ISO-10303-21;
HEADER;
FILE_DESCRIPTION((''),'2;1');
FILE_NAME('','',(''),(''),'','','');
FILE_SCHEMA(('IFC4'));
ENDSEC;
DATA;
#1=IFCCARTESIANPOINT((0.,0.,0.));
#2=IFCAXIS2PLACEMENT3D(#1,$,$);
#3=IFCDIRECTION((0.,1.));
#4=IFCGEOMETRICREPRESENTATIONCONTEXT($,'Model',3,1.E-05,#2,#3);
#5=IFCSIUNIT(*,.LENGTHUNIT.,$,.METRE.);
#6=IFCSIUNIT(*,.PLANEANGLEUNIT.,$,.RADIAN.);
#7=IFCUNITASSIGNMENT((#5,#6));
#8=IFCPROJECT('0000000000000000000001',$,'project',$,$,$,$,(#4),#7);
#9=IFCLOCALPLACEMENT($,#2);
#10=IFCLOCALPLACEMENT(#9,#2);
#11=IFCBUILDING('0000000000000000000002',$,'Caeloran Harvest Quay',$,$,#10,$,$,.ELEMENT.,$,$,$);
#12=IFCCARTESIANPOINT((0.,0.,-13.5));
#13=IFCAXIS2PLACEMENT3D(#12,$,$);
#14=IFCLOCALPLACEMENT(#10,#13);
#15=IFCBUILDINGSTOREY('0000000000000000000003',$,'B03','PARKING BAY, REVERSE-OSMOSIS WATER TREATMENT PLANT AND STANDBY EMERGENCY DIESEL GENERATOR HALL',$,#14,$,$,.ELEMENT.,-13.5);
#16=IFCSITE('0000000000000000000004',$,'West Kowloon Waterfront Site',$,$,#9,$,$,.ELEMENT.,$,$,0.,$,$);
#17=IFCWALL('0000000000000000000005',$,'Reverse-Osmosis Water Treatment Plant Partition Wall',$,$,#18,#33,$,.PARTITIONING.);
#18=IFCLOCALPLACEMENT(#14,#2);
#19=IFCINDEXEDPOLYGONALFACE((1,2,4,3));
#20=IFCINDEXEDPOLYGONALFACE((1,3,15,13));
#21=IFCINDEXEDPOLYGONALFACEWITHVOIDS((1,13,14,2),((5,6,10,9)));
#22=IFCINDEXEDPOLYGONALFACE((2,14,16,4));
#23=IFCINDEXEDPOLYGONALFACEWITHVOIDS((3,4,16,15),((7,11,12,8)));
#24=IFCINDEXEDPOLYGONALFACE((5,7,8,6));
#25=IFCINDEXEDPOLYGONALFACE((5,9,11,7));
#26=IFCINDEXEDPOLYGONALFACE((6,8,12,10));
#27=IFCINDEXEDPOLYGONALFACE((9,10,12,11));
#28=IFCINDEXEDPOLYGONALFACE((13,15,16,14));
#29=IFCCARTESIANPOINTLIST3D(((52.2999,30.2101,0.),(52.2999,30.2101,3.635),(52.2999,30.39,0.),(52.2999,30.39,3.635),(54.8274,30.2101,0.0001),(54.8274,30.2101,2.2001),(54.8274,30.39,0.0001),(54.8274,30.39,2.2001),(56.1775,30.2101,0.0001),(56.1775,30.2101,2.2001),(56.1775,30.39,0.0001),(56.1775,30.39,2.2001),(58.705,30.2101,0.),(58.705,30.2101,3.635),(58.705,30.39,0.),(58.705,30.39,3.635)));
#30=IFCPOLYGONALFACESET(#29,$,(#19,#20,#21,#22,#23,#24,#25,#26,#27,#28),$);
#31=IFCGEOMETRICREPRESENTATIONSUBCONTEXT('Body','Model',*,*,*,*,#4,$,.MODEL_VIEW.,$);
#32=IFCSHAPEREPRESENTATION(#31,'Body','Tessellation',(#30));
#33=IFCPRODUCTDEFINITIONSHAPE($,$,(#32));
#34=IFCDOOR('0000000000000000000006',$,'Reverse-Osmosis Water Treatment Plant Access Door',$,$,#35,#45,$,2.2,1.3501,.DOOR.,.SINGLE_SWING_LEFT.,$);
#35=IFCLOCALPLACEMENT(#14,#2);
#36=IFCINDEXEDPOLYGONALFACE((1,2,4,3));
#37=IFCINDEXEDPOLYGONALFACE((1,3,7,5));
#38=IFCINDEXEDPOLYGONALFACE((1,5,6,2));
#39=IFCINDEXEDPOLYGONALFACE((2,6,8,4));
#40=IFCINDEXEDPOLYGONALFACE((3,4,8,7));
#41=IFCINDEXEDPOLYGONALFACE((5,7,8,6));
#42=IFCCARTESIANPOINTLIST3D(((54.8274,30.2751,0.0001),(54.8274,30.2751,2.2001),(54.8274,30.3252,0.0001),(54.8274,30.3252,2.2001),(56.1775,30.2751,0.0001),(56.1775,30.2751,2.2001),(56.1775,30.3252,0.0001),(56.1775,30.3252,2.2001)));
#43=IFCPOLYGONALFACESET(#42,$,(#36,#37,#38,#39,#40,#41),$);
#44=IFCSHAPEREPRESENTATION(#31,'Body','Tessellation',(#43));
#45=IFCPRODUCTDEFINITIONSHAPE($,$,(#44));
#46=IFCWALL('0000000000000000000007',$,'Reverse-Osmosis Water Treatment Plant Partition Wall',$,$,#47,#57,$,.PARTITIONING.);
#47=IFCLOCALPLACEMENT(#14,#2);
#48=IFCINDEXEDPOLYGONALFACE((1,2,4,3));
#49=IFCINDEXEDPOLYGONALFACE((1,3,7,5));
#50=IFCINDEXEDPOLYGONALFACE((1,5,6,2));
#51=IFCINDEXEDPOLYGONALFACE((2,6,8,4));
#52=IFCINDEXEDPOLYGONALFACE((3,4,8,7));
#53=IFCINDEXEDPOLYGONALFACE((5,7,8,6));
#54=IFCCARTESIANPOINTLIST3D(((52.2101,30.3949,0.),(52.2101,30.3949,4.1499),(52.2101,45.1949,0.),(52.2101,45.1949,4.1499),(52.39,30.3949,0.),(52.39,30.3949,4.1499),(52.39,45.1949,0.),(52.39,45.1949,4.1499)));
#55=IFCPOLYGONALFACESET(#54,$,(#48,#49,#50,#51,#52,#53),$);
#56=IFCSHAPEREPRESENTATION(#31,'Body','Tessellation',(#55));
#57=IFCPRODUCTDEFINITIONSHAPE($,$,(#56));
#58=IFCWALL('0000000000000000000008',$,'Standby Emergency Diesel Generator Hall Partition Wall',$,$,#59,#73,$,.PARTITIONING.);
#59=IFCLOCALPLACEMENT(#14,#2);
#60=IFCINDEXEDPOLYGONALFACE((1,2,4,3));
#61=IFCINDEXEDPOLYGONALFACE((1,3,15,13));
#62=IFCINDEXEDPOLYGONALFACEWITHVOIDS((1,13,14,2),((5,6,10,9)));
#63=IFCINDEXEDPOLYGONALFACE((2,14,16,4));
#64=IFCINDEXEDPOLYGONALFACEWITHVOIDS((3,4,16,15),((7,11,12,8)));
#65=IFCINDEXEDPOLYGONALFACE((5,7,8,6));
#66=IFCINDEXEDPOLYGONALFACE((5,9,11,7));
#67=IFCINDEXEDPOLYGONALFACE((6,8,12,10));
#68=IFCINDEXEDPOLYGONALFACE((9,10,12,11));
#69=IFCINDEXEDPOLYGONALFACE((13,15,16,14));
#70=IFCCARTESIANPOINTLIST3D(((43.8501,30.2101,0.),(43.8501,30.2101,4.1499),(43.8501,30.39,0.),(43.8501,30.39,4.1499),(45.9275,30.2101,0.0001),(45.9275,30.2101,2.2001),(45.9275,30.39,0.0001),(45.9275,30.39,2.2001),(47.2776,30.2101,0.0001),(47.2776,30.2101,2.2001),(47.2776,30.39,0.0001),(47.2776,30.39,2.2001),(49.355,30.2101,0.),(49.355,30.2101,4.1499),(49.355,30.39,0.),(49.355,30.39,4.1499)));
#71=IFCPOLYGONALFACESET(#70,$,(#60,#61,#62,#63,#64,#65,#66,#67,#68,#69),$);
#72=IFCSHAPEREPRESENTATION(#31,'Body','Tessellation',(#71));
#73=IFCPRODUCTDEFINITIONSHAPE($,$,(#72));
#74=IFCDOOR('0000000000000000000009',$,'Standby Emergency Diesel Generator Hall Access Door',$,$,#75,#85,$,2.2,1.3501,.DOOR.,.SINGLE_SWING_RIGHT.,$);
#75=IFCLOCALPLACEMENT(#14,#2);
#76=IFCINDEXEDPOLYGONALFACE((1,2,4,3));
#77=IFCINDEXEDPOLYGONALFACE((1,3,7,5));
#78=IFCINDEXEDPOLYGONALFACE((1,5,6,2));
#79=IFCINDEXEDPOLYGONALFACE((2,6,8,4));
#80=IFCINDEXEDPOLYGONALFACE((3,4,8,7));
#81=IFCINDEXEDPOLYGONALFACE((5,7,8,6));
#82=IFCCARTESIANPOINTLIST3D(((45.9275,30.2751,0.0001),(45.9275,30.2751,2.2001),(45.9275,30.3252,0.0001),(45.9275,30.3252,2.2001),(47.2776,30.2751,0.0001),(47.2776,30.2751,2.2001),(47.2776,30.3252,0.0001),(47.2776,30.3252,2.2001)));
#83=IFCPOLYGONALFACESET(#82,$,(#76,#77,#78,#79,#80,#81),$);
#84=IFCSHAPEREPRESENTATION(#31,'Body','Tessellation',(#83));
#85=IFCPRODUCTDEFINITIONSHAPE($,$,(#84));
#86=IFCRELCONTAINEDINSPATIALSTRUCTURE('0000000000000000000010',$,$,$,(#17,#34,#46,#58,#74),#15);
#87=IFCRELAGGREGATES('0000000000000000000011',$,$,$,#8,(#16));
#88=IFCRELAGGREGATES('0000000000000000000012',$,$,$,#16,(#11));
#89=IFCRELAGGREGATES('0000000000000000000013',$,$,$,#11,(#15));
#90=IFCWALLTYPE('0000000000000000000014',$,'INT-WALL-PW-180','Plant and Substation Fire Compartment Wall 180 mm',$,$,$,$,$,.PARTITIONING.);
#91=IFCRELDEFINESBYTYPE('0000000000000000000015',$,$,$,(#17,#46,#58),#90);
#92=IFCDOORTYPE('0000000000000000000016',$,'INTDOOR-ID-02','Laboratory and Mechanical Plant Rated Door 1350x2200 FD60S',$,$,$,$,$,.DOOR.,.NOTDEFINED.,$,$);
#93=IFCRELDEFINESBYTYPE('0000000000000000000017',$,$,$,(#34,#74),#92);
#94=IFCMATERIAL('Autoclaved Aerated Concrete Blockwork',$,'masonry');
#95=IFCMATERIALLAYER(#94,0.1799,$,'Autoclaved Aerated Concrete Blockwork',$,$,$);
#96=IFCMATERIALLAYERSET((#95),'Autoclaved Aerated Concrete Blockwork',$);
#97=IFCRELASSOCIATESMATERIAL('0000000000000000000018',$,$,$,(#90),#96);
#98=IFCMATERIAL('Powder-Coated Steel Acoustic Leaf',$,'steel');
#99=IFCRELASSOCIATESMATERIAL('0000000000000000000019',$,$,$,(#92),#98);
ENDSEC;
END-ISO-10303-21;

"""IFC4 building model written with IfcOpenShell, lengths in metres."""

from ifc_helpers import new_model, si_unit, direction, frame, frame_2d, origin, place, context, subcontext, project, spatial, rectangle, extrude, material, layer, layer_set, type_object, element, fill, save


model = new_model("IFC4")

# Units and contexts
model_context = context("Model", 3, precision=1e-05, world=origin(), true_north=direction((0.0, 1.0)))
body_context = subcontext(model_context, "Body", "Model", "MODEL_VIEW")
ifc_project = project(units=[si_unit("LENGTHUNIT", "METRE"), si_unit("PLANEANGLEUNIT", "RADIAN")], contexts=[model_context])

# Site, building, storey
site_placement = place(None, origin())
site = spatial("IfcSite", under=ifc_project, at=site_placement, Name="West Kowloon Waterfront Site", CompositionType="ELEMENT", RefElevation=0.0)
building_placement = place(site_placement, origin())
building = spatial("IfcBuilding", under=site, at=building_placement, Name="Caeloran Harvest Quay", CompositionType="ELEMENT")
storey_placement = place(building_placement, frame((0.0, 0.0, -13.5)))
storey = spatial("IfcBuildingStorey", under=building, at=storey_placement, Name="B03", Description="PARKING BAY, REVERSE-OSMOSIS WATER TREATMENT PLANT AND STANDBY EMERGENCY DIESEL GENERATOR HALL", CompositionType="ELEMENT", Elevation=-13.5)

# Shared definitions
ifc_material_1 = material(Name="Autoclaved Aerated Concrete Blockwork", Category="masonry")
ifc_layer = layer(ifc_material_1, 0.1799, Name="Autoclaved Aerated Concrete Blockwork")
ifc_layer_set = layer_set([ifc_layer], Name="Autoclaved Aerated Concrete Blockwork")
wall_type = type_object("IfcWallType", Name="INT-WALL-PW-180", Description="Plant and Substation Fire Compartment Wall 180 mm", PredefinedType="PARTITIONING", material=ifc_layer_set)

# Wall, opening, door
ifc_material_2 = material(Name="Powder-Coated Steel Acoustic Leaf", Category="steel")
door_type = type_object("IfcDoorType", Name="INTDOOR-ID-02", Description="Laboratory and Mechanical Plant Rated Door 1350x2200 FD60S", OperationType="NOTDEFINED", PredefinedType="DOOR", material=ifc_material_2)
wall_1_placement = place(storey_placement, frame((58.7051, 30.3, 0.0), z_axis=(0.0, 0.0, 1.0), x_axis=(-1.0, 0.0, 0.0)))
wall_1 = element("IfcWall", 1, at=wall_1_placement, inside=storey, type_object=wall_type, Name="Reverse-Osmosis Water Treatment Plant Partition Wall", PredefinedType="PARTITIONING", context=body_context, shape_type="SweptSolid", body=[
    extrude(rectangle(XDim=6.405, YDim=0.1799, at=frame_2d((3.2026, 0.0))), origin(), (0.0, 0.0, 1.0), 3.635),
])
opening_1_placement = place(wall_1_placement, frame((2.5276, 0.0, 0.0)))
opening_1 = element("IfcOpeningElement", 2, at=opening_1_placement, cuts=wall_1, PredefinedType="OPENING", context=body_context, shape_type="SweptSolid", body=[
    extrude(rectangle(XDim=1.3501, YDim=2.2, at=frame_2d((0.675, 1.1001))), frame((0.0, 0.1001, 0.0), z_axis=(0.0, -1.0, 0.0), x_axis=(1.0, 0.0, 0.0)), (0.0, 0.0, 1.0), 0.2),
])
door_1_placement = place(opening_1_placement, origin())
door_1 = element("IfcDoor", 3, at=door_1_placement, inside=storey, type_object=door_type, Name="Reverse-Osmosis Water Treatment Plant Access Door", OperationType="SINGLE_SWING_LEFT", OverallHeight=2.2, OverallWidth=1.3501, PredefinedType="DOOR", context=body_context, shape_type="SweptSolid", body=[
    extrude(rectangle(XDim=1.3501, YDim=2.2, at=frame_2d((0.675, 1.1001))), frame((0.0, 0.0249, 0.0), z_axis=(0.0, -1.0, 0.0), x_axis=(1.0, 0.0, 0.0)), (0.0, 0.0, 1.0), 0.05),
])
fill(opening_1, door_1)

# Wall
wall_2_placement = place(storey_placement, frame((52.3, 30.395, 0.0), z_axis=(0.0, 0.0, 1.0), x_axis=(0.0, 1.0, 0.0)))
element("IfcWall", 4, at=wall_2_placement, inside=storey, type_object=wall_type, Name="Reverse-Osmosis Water Treatment Plant Partition Wall", PredefinedType="PARTITIONING", context=body_context, shape_type="SweptSolid", body=[
    extrude(rectangle(XDim=14.8, YDim=0.1799, at=frame_2d((7.3999, 0.0))), origin(), (0.0, 0.0, 1.0), 4.1499),
])

# Wall, opening, door
wall_3_placement = place(storey_placement, frame((49.355, 30.3, 0.0), z_axis=(0.0, 0.0, 1.0), x_axis=(-1.0, 0.0, 0.0)))
wall_3 = element("IfcWall", 5, at=wall_3_placement, inside=storey, type_object=wall_type, Name="Standby Emergency Diesel Generator Hall Partition Wall", PredefinedType="PARTITIONING", context=body_context, shape_type="SweptSolid", body=[
    extrude(rectangle(XDim=5.5049, YDim=0.1799, at=frame_2d((2.7524, 0.0))), origin(), (0.0, 0.0, 1.0), 4.1499),
])
opening_2_placement = place(wall_3_placement, frame((2.0774, 0.0, 0.0)))
opening_2 = element("IfcOpeningElement", 6, at=opening_2_placement, cuts=wall_3, PredefinedType="OPENING", context=body_context, shape_type="SweptSolid", body=[
    extrude(rectangle(XDim=1.3501, YDim=2.2, at=frame_2d((0.675, 1.1001))), frame((0.0, 0.1001, 0.0), z_axis=(0.0, -1.0, 0.0), x_axis=(1.0, 0.0, 0.0)), (0.0, 0.0, 1.0), 0.2),
])
door_2_placement = place(opening_2_placement, origin())
door_2 = element("IfcDoor", 7, at=door_2_placement, inside=storey, type_object=door_type, Name="Standby Emergency Diesel Generator Hall Access Door", OperationType="SINGLE_SWING_RIGHT", OverallHeight=2.2, OverallWidth=1.3501, PredefinedType="DOOR", context=body_context, shape_type="SweptSolid", body=[
    extrude(rectangle(XDim=1.3501, YDim=2.2, at=frame_2d((0.675, 1.1001))), frame((0.0, 0.0249, 0.0), z_axis=(0.0, -1.0, 0.0), x_axis=(1.0, 0.0, 0.0)), (0.0, 0.0, 1.0), 0.05),
])
fill(opening_2, door_2)

save(model, "model.ifc")
